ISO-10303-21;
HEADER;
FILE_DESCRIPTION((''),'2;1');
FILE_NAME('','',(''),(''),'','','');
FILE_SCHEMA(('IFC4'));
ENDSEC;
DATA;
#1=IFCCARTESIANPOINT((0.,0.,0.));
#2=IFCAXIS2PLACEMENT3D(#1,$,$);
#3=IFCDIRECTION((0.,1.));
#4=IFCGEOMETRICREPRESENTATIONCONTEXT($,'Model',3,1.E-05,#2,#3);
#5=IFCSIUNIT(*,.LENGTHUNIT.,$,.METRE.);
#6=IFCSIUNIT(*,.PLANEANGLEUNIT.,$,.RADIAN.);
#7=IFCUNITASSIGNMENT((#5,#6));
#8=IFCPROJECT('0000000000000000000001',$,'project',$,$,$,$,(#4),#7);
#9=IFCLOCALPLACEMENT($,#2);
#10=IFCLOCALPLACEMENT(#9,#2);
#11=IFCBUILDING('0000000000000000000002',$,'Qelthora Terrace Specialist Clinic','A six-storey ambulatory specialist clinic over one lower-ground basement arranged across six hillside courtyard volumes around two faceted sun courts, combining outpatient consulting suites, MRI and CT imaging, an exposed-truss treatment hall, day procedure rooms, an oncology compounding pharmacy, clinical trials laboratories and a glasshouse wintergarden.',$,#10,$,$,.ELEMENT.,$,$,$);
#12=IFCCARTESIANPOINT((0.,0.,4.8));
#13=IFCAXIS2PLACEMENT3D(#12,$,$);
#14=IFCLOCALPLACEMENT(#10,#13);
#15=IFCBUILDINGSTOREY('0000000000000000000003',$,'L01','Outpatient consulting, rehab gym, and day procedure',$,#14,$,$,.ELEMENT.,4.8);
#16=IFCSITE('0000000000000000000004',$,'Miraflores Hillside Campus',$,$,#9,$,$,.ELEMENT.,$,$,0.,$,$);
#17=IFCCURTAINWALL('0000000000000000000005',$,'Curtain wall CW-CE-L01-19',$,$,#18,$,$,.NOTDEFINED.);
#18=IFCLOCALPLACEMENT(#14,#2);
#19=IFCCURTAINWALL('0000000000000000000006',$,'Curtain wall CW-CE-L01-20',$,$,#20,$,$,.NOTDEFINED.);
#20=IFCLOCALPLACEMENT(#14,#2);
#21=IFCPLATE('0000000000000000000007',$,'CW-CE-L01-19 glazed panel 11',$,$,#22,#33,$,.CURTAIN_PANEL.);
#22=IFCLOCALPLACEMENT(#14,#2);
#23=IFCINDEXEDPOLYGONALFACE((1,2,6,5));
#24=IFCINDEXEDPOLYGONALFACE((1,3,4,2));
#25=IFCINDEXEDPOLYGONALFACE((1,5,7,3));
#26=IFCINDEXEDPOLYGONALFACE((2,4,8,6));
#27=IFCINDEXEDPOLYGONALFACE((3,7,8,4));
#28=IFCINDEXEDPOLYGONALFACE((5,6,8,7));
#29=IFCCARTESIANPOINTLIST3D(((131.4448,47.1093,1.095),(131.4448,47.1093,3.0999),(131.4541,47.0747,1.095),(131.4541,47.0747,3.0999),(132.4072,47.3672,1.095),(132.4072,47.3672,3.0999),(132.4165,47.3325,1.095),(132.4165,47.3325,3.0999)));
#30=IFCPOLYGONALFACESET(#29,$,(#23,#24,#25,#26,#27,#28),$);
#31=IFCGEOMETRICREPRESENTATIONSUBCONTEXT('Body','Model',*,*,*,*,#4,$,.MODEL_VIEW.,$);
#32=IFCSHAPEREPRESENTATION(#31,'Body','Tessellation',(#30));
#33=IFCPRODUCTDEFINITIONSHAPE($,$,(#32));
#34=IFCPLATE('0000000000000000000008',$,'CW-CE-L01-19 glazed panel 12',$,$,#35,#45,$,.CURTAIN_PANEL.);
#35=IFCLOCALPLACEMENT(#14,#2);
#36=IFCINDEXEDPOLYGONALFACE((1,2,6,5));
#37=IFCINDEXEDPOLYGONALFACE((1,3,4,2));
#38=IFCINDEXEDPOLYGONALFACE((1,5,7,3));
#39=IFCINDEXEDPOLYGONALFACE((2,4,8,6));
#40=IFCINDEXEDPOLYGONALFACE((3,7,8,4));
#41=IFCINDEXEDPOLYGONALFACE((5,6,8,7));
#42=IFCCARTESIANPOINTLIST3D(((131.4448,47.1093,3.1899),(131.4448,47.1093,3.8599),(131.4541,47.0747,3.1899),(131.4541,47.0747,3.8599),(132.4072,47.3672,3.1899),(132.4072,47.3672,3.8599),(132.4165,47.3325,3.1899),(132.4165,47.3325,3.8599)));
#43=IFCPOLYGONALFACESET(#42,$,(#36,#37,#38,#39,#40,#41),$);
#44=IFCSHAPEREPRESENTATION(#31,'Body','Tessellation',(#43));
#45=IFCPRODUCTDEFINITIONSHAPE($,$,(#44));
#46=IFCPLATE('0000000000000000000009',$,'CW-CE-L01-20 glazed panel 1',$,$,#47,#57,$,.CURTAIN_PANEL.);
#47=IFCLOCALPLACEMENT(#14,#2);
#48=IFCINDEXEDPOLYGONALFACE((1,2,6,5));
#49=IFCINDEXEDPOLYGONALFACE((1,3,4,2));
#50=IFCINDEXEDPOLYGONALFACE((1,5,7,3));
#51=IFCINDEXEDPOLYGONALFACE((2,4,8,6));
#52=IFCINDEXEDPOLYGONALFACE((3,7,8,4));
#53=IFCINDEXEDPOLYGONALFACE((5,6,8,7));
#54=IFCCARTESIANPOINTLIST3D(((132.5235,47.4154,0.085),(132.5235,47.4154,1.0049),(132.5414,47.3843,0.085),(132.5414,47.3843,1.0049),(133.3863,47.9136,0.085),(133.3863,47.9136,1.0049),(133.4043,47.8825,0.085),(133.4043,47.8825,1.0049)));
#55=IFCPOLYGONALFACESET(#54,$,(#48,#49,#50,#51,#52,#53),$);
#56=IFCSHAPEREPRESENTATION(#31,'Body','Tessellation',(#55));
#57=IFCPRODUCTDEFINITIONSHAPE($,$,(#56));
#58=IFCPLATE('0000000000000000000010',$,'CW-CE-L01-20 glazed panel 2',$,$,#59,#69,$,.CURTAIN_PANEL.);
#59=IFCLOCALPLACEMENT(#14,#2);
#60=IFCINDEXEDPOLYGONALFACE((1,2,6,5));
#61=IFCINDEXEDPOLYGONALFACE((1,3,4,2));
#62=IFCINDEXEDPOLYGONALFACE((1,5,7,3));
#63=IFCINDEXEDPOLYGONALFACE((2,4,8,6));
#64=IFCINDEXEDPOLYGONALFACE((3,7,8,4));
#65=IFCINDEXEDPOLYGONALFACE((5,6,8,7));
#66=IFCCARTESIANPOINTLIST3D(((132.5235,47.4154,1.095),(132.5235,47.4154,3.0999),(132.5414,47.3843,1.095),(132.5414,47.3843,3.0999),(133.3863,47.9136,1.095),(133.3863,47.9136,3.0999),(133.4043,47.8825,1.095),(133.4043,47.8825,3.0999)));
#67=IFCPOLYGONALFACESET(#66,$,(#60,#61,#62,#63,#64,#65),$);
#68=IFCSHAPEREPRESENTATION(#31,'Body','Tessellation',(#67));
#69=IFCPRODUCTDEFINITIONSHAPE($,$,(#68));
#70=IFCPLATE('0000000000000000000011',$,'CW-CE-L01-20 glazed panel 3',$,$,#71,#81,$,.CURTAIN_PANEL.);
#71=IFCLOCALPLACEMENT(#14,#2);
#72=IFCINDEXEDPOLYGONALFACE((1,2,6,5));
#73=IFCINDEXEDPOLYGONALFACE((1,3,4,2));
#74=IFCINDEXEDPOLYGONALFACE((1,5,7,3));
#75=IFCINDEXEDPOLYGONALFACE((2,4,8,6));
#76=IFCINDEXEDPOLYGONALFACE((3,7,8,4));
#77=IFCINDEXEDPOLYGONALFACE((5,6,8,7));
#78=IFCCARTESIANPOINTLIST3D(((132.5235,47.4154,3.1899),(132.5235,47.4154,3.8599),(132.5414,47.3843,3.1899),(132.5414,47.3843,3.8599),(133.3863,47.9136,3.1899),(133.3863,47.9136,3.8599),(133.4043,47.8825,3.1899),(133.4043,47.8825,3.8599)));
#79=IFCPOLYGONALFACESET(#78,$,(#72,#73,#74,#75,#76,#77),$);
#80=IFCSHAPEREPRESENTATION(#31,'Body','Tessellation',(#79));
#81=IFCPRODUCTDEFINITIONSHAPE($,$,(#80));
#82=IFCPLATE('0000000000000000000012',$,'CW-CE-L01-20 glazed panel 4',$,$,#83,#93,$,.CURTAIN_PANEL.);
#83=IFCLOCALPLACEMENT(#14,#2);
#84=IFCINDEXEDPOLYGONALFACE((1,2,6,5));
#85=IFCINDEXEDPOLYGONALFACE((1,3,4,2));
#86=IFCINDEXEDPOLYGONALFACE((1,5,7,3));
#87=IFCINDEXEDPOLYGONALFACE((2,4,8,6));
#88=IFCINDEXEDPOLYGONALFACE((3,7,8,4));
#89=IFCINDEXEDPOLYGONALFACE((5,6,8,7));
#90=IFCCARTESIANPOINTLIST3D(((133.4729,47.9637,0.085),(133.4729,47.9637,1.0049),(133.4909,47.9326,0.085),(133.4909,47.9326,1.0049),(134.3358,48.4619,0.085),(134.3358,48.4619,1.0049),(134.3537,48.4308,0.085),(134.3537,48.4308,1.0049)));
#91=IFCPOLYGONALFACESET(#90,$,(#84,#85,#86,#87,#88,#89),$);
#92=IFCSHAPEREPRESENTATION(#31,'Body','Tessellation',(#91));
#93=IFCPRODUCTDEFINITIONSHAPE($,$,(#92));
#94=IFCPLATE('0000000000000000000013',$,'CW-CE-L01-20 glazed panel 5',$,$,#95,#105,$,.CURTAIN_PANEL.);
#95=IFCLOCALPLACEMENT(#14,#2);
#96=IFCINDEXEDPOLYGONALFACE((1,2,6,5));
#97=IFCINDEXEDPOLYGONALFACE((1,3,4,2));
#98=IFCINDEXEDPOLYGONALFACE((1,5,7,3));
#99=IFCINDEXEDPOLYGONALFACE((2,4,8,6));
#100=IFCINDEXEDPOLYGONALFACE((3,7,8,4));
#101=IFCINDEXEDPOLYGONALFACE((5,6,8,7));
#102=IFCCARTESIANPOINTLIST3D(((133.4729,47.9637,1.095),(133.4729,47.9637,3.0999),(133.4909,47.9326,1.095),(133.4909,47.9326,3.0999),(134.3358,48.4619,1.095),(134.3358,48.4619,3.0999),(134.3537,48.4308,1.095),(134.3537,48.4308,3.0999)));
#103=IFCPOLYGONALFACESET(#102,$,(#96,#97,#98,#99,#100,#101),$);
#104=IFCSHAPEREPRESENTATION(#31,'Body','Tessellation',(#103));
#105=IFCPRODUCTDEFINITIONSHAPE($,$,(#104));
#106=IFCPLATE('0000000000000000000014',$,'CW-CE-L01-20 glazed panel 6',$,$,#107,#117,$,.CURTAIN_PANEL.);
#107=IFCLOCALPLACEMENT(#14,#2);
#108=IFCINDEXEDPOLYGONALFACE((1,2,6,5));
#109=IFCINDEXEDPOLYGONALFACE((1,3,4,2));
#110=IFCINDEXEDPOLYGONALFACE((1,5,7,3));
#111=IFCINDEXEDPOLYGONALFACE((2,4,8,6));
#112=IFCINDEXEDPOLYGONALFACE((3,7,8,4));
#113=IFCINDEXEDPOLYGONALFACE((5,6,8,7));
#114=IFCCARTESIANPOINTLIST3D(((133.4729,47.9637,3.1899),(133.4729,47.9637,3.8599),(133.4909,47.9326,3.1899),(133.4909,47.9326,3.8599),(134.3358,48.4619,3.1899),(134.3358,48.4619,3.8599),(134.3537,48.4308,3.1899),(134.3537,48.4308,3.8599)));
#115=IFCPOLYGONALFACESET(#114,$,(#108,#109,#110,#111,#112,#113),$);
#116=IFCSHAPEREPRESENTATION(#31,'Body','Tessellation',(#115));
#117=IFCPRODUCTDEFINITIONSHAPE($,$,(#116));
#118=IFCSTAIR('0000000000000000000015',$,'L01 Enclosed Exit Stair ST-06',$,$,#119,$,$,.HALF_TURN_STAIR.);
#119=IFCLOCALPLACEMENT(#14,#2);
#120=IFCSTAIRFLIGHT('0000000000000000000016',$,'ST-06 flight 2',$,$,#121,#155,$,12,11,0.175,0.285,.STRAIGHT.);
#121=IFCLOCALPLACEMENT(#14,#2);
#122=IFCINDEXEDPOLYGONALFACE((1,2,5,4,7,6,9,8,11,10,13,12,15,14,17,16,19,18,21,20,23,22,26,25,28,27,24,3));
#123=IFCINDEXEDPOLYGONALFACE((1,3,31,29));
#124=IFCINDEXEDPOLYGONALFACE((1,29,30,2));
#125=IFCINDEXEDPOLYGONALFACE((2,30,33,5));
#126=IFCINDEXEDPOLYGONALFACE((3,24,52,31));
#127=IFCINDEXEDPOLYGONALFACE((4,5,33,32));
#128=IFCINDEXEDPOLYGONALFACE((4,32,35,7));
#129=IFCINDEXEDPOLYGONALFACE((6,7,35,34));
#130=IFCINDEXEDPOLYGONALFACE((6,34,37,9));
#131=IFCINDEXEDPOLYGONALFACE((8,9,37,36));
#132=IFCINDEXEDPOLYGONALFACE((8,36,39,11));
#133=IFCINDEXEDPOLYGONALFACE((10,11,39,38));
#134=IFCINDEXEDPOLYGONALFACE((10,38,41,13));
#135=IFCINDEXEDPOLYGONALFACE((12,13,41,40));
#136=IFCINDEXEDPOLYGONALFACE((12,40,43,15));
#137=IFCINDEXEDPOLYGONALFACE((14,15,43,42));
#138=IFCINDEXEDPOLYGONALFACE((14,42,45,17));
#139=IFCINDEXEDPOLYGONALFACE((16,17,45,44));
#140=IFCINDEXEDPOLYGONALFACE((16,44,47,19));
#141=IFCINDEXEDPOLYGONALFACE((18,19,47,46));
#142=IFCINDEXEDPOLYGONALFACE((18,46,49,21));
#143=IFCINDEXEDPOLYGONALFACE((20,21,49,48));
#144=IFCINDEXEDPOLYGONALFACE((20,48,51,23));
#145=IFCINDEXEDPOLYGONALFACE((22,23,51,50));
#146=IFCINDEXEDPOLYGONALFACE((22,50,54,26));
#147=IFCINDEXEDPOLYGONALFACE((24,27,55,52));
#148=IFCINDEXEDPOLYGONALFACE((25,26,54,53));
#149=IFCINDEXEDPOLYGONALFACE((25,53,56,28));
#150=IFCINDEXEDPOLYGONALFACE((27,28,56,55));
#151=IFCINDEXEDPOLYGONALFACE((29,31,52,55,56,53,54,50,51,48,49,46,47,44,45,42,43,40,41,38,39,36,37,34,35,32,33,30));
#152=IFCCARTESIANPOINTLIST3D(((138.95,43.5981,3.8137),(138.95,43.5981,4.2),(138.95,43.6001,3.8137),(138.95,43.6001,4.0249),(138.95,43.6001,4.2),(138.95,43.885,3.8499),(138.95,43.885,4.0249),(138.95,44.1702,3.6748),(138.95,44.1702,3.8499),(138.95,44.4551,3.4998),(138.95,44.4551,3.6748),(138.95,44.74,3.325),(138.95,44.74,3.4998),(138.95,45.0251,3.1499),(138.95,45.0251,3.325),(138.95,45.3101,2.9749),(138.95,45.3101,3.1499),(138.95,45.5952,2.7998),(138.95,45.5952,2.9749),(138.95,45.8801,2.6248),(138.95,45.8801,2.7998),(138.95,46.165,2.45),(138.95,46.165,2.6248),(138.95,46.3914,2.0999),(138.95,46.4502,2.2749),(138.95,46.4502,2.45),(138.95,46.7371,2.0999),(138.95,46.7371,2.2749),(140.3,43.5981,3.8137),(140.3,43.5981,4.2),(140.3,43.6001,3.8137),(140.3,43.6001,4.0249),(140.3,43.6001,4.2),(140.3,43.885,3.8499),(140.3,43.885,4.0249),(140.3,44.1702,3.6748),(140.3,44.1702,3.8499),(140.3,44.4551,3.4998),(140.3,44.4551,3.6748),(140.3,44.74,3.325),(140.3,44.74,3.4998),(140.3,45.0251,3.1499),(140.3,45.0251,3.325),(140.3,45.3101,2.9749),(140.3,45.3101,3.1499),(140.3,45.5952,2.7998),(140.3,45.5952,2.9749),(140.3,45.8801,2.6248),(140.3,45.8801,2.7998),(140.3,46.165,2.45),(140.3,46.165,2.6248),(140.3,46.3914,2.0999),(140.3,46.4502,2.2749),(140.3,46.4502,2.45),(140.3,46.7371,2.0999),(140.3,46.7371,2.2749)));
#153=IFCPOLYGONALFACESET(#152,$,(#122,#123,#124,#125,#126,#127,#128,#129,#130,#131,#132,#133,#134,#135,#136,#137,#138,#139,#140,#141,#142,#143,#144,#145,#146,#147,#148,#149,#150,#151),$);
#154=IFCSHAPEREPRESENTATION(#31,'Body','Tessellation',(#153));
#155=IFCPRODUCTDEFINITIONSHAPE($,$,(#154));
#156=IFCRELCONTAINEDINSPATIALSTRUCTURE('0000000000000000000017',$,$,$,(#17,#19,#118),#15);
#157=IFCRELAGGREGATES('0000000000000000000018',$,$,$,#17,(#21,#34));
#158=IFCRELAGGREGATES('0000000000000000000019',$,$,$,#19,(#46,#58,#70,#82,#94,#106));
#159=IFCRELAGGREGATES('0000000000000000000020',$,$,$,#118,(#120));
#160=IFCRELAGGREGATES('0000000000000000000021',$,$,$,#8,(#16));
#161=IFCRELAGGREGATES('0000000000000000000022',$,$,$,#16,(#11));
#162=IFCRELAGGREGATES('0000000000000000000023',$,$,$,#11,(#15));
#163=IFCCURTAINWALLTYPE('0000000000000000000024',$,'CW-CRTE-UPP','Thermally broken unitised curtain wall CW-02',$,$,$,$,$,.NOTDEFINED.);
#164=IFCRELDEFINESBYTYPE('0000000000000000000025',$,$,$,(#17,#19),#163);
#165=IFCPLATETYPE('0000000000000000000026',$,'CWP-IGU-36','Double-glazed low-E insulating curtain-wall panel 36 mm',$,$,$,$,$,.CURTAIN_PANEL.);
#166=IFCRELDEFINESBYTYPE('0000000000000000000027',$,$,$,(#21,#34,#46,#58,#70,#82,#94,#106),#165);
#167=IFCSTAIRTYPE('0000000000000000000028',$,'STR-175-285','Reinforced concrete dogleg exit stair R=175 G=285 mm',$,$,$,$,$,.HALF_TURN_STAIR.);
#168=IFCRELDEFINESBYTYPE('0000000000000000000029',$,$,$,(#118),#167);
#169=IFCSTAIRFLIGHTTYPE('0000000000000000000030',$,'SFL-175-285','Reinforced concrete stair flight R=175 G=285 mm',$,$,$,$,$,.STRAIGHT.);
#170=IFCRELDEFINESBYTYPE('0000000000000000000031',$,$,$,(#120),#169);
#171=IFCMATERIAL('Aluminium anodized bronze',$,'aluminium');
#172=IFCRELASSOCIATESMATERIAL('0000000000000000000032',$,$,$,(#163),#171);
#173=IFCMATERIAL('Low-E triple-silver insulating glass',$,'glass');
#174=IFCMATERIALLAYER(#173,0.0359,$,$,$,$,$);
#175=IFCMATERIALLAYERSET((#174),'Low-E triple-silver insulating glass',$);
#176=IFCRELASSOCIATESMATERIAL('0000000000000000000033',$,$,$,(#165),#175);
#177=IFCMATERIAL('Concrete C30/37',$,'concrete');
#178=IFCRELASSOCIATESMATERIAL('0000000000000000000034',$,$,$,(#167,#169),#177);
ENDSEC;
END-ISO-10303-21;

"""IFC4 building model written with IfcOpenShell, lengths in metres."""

from ifc_helpers import new_model, si_unit, direction, frame, origin, origin_2d, place, context, subcontext, project, spatial, polyline, rectangle, outline, extrude, material, layer, layer_set, type_object, element, aggregate, save


model = new_model("IFC4")

# Units and contexts
model_context = context("Model", 3, precision=1e-05, world=origin(), true_north=direction((0.0, 1.0)))
body_context = subcontext(model_context, "Body", "Model", "MODEL_VIEW")
ifc_project = project(units=[si_unit("LENGTHUNIT", "METRE"), si_unit("PLANEANGLEUNIT", "RADIAN")], contexts=[model_context])

# Site, building, storey
site_placement = place(None, origin())
site = spatial("IfcSite", under=ifc_project, at=site_placement, Name="Miraflores Hillside Campus", CompositionType="ELEMENT", RefElevation=0.0)
building_placement = place(site_placement, origin())
building = spatial("IfcBuilding", under=site, at=building_placement, Name="Qelthora Terrace Specialist Clinic", Description="A six-storey ambulatory specialist clinic over one lower-ground basement arranged across six hillside courtyard volumes around two faceted sun courts, combining outpatient consulting suites, MRI and CT imaging, an exposed-truss treatment hall, day procedure rooms, an oncology compounding pharmacy, clinical trials laboratories and a glasshouse wintergarden.", CompositionType="ELEMENT")
storey_placement = place(building_placement, frame((0.0, 0.0, 4.8)))
storey = spatial("IfcBuildingStorey", under=building, at=storey_placement, Name="L01", Description="Outpatient consulting, rehab gym, and day procedure", CompositionType="ELEMENT", Elevation=4.8)

# Curtain walls
ifc_material_1 = material(Name="Aluminium anodized bronze", Category="aluminium")
curtain_wall_type = type_object("IfcCurtainWallType", Name="CW-CRTE-UPP", Description="Thermally broken unitised curtain wall CW-02", PredefinedType="NOTDEFINED", material=ifc_material_1)
curtain_wall_1_placement = place(storey_placement, origin())
curtain_wall_1 = element("IfcCurtainWall", 1, at=curtain_wall_1_placement, inside=storey, type_object=curtain_wall_type, Name="Curtain wall CW-CE-L01-19", PredefinedType="NOTDEFINED")
curtain_wall_2_placement = place(storey_placement, origin())
curtain_wall_2 = element("IfcCurtainWall", 2, at=curtain_wall_2_placement, inside=storey, type_object=curtain_wall_type, Name="Curtain wall CW-CE-L01-20", PredefinedType="NOTDEFINED")

# Plates
ifc_material_2 = material(Name="Low-E triple-silver insulating glass", Category="glass")
ifc_layer = layer(ifc_material_2, 0.0359)
ifc_layer_set = layer_set([ifc_layer], Name="Low-E triple-silver insulating glass")
plate_type = type_object("IfcPlateType", Name="CWP-IGU-36", Description="Double-glazed low-E insulating curtain-wall panel 36 mm", PredefinedType="CURTAIN_PANEL", material=ifc_layer_set)
plate_1_placement = place(storey_placement, frame((131.9307, 47.2209, 1.095), z_axis=(0.0, 0.0, 1.0), x_axis=(0.965926, 0.258819, 0.0)))
plate_1 = element("IfcPlate", 3, at=plate_1_placement, type_object=plate_type, Name="CW-CE-L01-19 glazed panel 11", PredefinedType="CURTAIN_PANEL", context=body_context, shape_type="SweptSolid", body=[
    extrude(rectangle(XDim=0.9963, YDim=0.0359, at=origin_2d()), origin(), (0.0, 0.0, 1.0), 2.0049),
])
plate_2_placement = place(storey_placement, frame((131.9307, 47.2209, 3.1899), z_axis=(0.0, 0.0, 1.0), x_axis=(0.965926, 0.258819, 0.0)))
plate_2 = element("IfcPlate", 4, at=plate_2_placement, type_object=plate_type, Name="CW-CE-L01-19 glazed panel 12", PredefinedType="CURTAIN_PANEL", context=body_context, shape_type="SweptSolid", body=[
    extrude(rectangle(XDim=0.9963, YDim=0.0359, at=origin_2d()), origin(), (0.0, 0.0, 1.0), 0.6699),
])
aggregate(curtain_wall_1, [plate_1, plate_2])
plate_3_placement = place(storey_placement, frame((132.9639, 47.6489, 0.085), z_axis=(0.0, 0.0, 1.0), x_axis=(0.866025, 0.5, 0.0)))
plate_3 = element("IfcPlate", 5, at=plate_3_placement, type_object=plate_type, Name="CW-CE-L01-20 glazed panel 1", PredefinedType="CURTAIN_PANEL", context=body_context, shape_type="SweptSolid", body=[
    extrude(rectangle(XDim=0.9963, YDim=0.0359, at=origin_2d()), origin(), (0.0, 0.0, 1.0), 0.9199),
])
plate_4_placement = place(storey_placement, frame((132.9639, 47.6489, 1.095), z_axis=(0.0, 0.0, 1.0), x_axis=(0.866025, 0.5, 0.0)))
plate_4 = element("IfcPlate", 6, at=plate_4_placement, type_object=plate_type, Name="CW-CE-L01-20 glazed panel 2", PredefinedType="CURTAIN_PANEL", context=body_context, shape_type="SweptSolid", body=[
    extrude(rectangle(XDim=0.9963, YDim=0.0359, at=origin_2d()), origin(), (0.0, 0.0, 1.0), 2.0049),
])
plate_5_placement = place(storey_placement, frame((132.9639, 47.6489, 3.1899), z_axis=(0.0, 0.0, 1.0), x_axis=(0.866025, 0.5, 0.0)))
plate_5 = element("IfcPlate", 7, at=plate_5_placement, type_object=plate_type, Name="CW-CE-L01-20 glazed panel 3", PredefinedType="CURTAIN_PANEL", context=body_context, shape_type="SweptSolid", body=[
    extrude(rectangle(XDim=0.9963, YDim=0.0359, at=origin_2d()), origin(), (0.0, 0.0, 1.0), 0.6699),
])
plate_6_placement = place(storey_placement, frame((133.9133, 48.1973, 0.085), z_axis=(0.0, 0.0, 1.0), x_axis=(0.866025, 0.5, 0.0)))
plate_6 = element("IfcPlate", 8, at=plate_6_placement, type_object=plate_type, Name="CW-CE-L01-20 glazed panel 4", PredefinedType="CURTAIN_PANEL", context=body_context, shape_type="SweptSolid", body=[
    extrude(rectangle(XDim=0.9963, YDim=0.0359, at=origin_2d()), origin(), (0.0, 0.0, 1.0), 0.9199),
])
plate_7_placement = place(storey_placement, frame((133.9133, 48.1973, 1.095), z_axis=(0.0, 0.0, 1.0), x_axis=(0.866025, 0.5, 0.0)))
plate_7 = element("IfcPlate", 9, at=plate_7_placement, type_object=plate_type, Name="CW-CE-L01-20 glazed panel 5", PredefinedType="CURTAIN_PANEL", context=body_context, shape_type="SweptSolid", body=[
    extrude(rectangle(XDim=0.9963, YDim=0.0359, at=origin_2d()), origin(), (0.0, 0.0, 1.0), 2.0049),
])
plate_8_placement = place(storey_placement, frame((133.9133, 48.1973, 3.1899), z_axis=(0.0, 0.0, 1.0), x_axis=(0.866025, 0.5, 0.0)))
plate_8 = element("IfcPlate", 10, at=plate_8_placement, type_object=plate_type, Name="CW-CE-L01-20 glazed panel 6", PredefinedType="CURTAIN_PANEL", context=body_context, shape_type="SweptSolid", body=[
    extrude(rectangle(XDim=0.9963, YDim=0.0359, at=origin_2d()), origin(), (0.0, 0.0, 1.0), 0.6699),
])
aggregate(curtain_wall_2, [plate_3, plate_4, plate_5, plate_6, plate_7, plate_8])

# Stair, stair flight
ifc_material_3 = material(Name="Concrete C30/37", Category="concrete")
stair_type = type_object("IfcStairType", Name="STR-175-285", Description="Reinforced concrete dogleg exit stair R=175 G=285 mm", PredefinedType="HALF_TURN_STAIR", material=ifc_material_3)
stair_placement = place(storey_placement, origin())
stair = element("IfcStair", 11, at=stair_placement, inside=storey, type_object=stair_type, Name="L01 Enclosed Exit Stair ST-06", PredefinedType="HALF_TURN_STAIR")
stair_flight_type = type_object("IfcStairFlightType", Name="SFL-175-285", Description="Reinforced concrete stair flight R=175 G=285 mm", PredefinedType="STRAIGHT", material=ifc_material_3)
stair_flight_placement = place(storey_placement, frame((139.625, 46.7351, 2.0999), z_axis=(0.0, 0.0, 1.0), x_axis=(0.0, -1.0, 0.0)))
stair_flight = element("IfcStairFlight", 12, at=stair_flight_placement, type_object=stair_flight_type, Name="ST-06 flight 2", NumberOfRisers=12, NumberOfTreads=11, PredefinedType="STRAIGHT", RiserHeight=0.175, TreadLength=0.285, context=body_context, shape_type="SweptSolid", body=[
    extrude(outline(polyline([(-0.002, 0.0), (-0.002, 0.175), (0.2849, 0.175), (0.2849, 0.3501), (0.5701, 0.3501), (0.5701, 0.5249), (0.855, 0.5249), (0.855, 0.7), (1.1399, 0.7), (1.1399, 0.875), (1.425, 0.875), (1.425, 1.05), (1.71, 1.05), (1.71, 1.2251), (1.9951, 1.2251), (1.9951, 1.3999), (2.28, 1.3999), (2.28, 1.575), (2.5649, 1.575), (2.5649, 1.75), (2.8501, 1.75), (2.8501, 1.925), (3.135, 1.925), (3.135, 2.1001), (3.137, 2.1001), (3.137, 1.7139), (3.135, 1.7139), (0.3438, 0.0), (-0.002, 0.0)])), frame((0.0, 0.675, 0.0), z_axis=(0.0, -1.0, 0.0), x_axis=(1.0, 0.0, 0.0)), (0.0, 0.0, 1.0), 1.3501),
])
aggregate(stair, [stair_flight])

save(model, "model.ifc")
